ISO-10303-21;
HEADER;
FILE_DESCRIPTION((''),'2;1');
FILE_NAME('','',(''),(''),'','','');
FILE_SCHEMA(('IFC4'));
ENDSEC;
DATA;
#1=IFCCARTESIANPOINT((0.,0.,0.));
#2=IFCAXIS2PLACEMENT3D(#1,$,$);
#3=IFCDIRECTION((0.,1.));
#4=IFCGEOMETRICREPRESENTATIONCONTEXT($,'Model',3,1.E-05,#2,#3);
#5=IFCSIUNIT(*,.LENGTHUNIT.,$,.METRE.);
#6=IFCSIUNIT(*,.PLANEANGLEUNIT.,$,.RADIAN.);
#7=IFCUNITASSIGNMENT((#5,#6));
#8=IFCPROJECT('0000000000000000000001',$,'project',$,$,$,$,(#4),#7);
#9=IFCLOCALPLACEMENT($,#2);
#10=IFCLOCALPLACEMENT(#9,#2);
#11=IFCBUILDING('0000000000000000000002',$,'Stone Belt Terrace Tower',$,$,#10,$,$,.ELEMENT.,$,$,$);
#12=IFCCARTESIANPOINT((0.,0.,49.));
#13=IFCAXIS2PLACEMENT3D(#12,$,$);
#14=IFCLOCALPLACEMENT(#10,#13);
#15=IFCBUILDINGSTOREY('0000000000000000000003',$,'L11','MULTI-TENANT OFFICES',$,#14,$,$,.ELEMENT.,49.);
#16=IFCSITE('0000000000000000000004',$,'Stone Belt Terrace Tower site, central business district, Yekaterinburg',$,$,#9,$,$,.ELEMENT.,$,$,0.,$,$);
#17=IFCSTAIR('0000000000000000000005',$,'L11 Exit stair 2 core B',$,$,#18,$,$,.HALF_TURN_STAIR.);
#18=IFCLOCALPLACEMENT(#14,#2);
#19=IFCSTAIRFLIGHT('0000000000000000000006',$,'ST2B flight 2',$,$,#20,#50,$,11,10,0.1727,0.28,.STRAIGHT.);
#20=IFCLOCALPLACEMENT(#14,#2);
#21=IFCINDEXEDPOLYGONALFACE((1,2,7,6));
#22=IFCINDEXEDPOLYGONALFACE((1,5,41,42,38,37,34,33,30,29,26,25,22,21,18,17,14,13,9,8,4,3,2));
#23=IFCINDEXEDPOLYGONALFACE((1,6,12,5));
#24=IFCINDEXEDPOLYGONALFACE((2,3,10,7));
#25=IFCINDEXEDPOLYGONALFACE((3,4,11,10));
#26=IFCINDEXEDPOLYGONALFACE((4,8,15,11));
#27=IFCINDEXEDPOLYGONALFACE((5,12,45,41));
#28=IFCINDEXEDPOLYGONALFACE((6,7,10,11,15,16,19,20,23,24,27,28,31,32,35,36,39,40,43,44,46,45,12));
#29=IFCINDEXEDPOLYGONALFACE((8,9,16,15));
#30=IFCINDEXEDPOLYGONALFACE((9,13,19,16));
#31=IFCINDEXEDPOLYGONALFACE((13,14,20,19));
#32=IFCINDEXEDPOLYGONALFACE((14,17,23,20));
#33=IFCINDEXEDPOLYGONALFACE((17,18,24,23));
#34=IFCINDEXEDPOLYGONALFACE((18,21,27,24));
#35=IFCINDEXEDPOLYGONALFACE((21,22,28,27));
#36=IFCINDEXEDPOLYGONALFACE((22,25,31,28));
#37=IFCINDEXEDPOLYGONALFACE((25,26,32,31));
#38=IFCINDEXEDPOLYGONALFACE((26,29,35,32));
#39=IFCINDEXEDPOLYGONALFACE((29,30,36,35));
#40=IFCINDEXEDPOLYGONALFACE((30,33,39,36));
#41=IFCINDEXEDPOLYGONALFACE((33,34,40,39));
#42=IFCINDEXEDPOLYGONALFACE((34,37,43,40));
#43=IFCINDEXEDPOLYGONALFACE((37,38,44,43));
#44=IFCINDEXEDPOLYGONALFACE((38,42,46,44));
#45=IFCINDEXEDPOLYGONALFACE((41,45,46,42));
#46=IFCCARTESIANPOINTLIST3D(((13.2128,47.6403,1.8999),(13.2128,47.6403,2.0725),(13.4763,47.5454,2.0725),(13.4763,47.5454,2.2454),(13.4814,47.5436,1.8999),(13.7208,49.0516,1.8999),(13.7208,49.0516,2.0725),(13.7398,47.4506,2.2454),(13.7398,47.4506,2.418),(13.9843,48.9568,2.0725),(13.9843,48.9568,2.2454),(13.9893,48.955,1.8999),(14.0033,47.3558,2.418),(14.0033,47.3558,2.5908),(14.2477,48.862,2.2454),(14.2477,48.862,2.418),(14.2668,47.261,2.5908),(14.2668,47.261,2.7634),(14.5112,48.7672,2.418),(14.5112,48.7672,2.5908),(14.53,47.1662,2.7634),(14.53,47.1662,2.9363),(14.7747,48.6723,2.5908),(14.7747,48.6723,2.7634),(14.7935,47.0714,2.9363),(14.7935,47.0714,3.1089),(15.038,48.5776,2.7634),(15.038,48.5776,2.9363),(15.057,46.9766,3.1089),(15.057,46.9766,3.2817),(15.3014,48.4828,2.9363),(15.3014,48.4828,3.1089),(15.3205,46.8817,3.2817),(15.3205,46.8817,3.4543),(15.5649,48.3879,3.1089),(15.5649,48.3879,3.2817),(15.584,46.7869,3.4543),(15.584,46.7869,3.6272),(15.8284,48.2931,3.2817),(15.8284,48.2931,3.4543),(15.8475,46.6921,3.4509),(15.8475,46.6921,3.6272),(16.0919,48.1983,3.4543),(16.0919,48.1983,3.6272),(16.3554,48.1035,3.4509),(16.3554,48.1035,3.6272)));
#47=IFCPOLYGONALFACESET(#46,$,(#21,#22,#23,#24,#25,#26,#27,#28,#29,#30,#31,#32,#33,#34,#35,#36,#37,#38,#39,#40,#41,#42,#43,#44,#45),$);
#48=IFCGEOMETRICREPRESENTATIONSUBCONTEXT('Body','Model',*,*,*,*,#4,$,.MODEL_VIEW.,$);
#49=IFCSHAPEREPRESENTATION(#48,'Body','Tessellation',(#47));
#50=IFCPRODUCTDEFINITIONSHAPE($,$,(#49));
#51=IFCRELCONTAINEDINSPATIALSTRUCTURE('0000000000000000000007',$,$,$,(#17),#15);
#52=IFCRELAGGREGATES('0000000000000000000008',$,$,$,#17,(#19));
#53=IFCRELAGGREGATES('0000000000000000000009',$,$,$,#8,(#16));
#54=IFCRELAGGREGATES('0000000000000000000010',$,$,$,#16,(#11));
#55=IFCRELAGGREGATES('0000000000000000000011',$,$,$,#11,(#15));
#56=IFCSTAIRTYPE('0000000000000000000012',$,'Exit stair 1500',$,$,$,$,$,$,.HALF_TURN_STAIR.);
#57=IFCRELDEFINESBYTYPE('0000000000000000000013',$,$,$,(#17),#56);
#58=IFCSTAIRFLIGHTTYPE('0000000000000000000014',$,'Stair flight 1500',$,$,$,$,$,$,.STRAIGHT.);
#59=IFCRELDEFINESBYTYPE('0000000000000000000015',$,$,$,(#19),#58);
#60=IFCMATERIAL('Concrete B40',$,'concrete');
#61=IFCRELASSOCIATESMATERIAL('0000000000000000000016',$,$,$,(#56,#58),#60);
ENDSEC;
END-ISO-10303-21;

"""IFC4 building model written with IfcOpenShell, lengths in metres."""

from ifc_helpers import new_model, si_unit, direction, frame, origin, place, context, subcontext, project, spatial, polyline, outline, extrude, material, type_object, element, aggregate, save


model = new_model("IFC4")

# Units and contexts
model_context = context("Model", 3, precision=1e-05, world=origin(), true_north=direction((0.0, 1.0)))
body_context = subcontext(model_context, "Body", "Model", "MODEL_VIEW")
ifc_project = project(units=[si_unit("LENGTHUNIT", "METRE"), si_unit("PLANEANGLEUNIT", "RADIAN")], contexts=[model_context])

# Site, building, storey
site_placement = place(None, origin())
site = spatial("IfcSite", under=ifc_project, at=site_placement, Name="Stone Belt Terrace Tower site, central business district, Yekaterinburg", CompositionType="ELEMENT", RefElevation=0.0)
building_placement = place(site_placement, origin())
building = spatial("IfcBuilding", under=site, at=building_placement, Name="Stone Belt Terrace Tower", CompositionType="ELEMENT")
storey_placement = place(building_placement, frame((0.0, 0.0, 49.0)))
storey = spatial("IfcBuildingStorey", under=building, at=storey_placement, Name="L11", Description="MULTI-TENANT OFFICES", CompositionType="ELEMENT", Elevation=49.0)

# Stair, stair flight
ifc_material_1 = material(Name="Concrete B40", Category="concrete")
stair_type = type_object("IfcStairType", Name="Exit stair 1500", PredefinedType="HALF_TURN_STAIR", material=ifc_material_1)
stair_placement = place(storey_placement, origin())
stair = element("IfcStair", 1, at=stair_placement, inside=storey, type_object=stair_type, Name="L11 Exit stair 2 core B", PredefinedType="HALF_TURN_STAIR")
stair_flight_type = type_object("IfcStairFlightType", Name="Stair flight 1500", PredefinedType="STRAIGHT", material=ifc_material_1)
stair_flight_1_placement = place(storey_placement, frame((13.4668, 48.3459, 1.8999), z_axis=(0.0, 0.0, 1.0), x_axis=(0.940922, -0.338624, 0.0)))
stair_flight_1 = element("IfcStairFlight", 2, at=stair_flight_1_placement, type_object=stair_flight_type, Name="ST2B flight 2", NumberOfRisers=11, NumberOfTreads=10, PredefinedType="STRAIGHT", RiserHeight=0.1727, TreadLength=0.28, context=body_context, shape_type="SweptSolid", body=[
    extrude(outline(polyline([(0.0, 0.0), (0.0, 0.1726), (0.28, 0.1726), (0.28, 0.3455), (0.5601, 0.3455), (0.5601, 0.5181), (0.8401, 0.5181), (0.8401, 0.6909), (1.1201, 0.6909), (1.1201, 0.8635), (1.3999, 0.8635), (1.3999, 1.0364), (1.6799, 1.0364), (1.6799, 1.209), (1.96, 1.209), (1.96, 1.3818), (2.24, 1.3818), (2.24, 1.5544), (2.52, 1.5544), (2.52, 1.7273), (2.8, 1.7273), (2.8, 1.8999), (2.8, 1.551), (0.2854, 0.0), (0.0, 0.0)])), frame((0.0, 0.75, 0.0), z_axis=(0.0, -1.0, 0.0), x_axis=(1.0, 0.0, 0.0)), (0.0, 0.0, 1.0), 1.5),
])
aggregate(stair, [stair_flight_1])

save(model, "model.ifc")
